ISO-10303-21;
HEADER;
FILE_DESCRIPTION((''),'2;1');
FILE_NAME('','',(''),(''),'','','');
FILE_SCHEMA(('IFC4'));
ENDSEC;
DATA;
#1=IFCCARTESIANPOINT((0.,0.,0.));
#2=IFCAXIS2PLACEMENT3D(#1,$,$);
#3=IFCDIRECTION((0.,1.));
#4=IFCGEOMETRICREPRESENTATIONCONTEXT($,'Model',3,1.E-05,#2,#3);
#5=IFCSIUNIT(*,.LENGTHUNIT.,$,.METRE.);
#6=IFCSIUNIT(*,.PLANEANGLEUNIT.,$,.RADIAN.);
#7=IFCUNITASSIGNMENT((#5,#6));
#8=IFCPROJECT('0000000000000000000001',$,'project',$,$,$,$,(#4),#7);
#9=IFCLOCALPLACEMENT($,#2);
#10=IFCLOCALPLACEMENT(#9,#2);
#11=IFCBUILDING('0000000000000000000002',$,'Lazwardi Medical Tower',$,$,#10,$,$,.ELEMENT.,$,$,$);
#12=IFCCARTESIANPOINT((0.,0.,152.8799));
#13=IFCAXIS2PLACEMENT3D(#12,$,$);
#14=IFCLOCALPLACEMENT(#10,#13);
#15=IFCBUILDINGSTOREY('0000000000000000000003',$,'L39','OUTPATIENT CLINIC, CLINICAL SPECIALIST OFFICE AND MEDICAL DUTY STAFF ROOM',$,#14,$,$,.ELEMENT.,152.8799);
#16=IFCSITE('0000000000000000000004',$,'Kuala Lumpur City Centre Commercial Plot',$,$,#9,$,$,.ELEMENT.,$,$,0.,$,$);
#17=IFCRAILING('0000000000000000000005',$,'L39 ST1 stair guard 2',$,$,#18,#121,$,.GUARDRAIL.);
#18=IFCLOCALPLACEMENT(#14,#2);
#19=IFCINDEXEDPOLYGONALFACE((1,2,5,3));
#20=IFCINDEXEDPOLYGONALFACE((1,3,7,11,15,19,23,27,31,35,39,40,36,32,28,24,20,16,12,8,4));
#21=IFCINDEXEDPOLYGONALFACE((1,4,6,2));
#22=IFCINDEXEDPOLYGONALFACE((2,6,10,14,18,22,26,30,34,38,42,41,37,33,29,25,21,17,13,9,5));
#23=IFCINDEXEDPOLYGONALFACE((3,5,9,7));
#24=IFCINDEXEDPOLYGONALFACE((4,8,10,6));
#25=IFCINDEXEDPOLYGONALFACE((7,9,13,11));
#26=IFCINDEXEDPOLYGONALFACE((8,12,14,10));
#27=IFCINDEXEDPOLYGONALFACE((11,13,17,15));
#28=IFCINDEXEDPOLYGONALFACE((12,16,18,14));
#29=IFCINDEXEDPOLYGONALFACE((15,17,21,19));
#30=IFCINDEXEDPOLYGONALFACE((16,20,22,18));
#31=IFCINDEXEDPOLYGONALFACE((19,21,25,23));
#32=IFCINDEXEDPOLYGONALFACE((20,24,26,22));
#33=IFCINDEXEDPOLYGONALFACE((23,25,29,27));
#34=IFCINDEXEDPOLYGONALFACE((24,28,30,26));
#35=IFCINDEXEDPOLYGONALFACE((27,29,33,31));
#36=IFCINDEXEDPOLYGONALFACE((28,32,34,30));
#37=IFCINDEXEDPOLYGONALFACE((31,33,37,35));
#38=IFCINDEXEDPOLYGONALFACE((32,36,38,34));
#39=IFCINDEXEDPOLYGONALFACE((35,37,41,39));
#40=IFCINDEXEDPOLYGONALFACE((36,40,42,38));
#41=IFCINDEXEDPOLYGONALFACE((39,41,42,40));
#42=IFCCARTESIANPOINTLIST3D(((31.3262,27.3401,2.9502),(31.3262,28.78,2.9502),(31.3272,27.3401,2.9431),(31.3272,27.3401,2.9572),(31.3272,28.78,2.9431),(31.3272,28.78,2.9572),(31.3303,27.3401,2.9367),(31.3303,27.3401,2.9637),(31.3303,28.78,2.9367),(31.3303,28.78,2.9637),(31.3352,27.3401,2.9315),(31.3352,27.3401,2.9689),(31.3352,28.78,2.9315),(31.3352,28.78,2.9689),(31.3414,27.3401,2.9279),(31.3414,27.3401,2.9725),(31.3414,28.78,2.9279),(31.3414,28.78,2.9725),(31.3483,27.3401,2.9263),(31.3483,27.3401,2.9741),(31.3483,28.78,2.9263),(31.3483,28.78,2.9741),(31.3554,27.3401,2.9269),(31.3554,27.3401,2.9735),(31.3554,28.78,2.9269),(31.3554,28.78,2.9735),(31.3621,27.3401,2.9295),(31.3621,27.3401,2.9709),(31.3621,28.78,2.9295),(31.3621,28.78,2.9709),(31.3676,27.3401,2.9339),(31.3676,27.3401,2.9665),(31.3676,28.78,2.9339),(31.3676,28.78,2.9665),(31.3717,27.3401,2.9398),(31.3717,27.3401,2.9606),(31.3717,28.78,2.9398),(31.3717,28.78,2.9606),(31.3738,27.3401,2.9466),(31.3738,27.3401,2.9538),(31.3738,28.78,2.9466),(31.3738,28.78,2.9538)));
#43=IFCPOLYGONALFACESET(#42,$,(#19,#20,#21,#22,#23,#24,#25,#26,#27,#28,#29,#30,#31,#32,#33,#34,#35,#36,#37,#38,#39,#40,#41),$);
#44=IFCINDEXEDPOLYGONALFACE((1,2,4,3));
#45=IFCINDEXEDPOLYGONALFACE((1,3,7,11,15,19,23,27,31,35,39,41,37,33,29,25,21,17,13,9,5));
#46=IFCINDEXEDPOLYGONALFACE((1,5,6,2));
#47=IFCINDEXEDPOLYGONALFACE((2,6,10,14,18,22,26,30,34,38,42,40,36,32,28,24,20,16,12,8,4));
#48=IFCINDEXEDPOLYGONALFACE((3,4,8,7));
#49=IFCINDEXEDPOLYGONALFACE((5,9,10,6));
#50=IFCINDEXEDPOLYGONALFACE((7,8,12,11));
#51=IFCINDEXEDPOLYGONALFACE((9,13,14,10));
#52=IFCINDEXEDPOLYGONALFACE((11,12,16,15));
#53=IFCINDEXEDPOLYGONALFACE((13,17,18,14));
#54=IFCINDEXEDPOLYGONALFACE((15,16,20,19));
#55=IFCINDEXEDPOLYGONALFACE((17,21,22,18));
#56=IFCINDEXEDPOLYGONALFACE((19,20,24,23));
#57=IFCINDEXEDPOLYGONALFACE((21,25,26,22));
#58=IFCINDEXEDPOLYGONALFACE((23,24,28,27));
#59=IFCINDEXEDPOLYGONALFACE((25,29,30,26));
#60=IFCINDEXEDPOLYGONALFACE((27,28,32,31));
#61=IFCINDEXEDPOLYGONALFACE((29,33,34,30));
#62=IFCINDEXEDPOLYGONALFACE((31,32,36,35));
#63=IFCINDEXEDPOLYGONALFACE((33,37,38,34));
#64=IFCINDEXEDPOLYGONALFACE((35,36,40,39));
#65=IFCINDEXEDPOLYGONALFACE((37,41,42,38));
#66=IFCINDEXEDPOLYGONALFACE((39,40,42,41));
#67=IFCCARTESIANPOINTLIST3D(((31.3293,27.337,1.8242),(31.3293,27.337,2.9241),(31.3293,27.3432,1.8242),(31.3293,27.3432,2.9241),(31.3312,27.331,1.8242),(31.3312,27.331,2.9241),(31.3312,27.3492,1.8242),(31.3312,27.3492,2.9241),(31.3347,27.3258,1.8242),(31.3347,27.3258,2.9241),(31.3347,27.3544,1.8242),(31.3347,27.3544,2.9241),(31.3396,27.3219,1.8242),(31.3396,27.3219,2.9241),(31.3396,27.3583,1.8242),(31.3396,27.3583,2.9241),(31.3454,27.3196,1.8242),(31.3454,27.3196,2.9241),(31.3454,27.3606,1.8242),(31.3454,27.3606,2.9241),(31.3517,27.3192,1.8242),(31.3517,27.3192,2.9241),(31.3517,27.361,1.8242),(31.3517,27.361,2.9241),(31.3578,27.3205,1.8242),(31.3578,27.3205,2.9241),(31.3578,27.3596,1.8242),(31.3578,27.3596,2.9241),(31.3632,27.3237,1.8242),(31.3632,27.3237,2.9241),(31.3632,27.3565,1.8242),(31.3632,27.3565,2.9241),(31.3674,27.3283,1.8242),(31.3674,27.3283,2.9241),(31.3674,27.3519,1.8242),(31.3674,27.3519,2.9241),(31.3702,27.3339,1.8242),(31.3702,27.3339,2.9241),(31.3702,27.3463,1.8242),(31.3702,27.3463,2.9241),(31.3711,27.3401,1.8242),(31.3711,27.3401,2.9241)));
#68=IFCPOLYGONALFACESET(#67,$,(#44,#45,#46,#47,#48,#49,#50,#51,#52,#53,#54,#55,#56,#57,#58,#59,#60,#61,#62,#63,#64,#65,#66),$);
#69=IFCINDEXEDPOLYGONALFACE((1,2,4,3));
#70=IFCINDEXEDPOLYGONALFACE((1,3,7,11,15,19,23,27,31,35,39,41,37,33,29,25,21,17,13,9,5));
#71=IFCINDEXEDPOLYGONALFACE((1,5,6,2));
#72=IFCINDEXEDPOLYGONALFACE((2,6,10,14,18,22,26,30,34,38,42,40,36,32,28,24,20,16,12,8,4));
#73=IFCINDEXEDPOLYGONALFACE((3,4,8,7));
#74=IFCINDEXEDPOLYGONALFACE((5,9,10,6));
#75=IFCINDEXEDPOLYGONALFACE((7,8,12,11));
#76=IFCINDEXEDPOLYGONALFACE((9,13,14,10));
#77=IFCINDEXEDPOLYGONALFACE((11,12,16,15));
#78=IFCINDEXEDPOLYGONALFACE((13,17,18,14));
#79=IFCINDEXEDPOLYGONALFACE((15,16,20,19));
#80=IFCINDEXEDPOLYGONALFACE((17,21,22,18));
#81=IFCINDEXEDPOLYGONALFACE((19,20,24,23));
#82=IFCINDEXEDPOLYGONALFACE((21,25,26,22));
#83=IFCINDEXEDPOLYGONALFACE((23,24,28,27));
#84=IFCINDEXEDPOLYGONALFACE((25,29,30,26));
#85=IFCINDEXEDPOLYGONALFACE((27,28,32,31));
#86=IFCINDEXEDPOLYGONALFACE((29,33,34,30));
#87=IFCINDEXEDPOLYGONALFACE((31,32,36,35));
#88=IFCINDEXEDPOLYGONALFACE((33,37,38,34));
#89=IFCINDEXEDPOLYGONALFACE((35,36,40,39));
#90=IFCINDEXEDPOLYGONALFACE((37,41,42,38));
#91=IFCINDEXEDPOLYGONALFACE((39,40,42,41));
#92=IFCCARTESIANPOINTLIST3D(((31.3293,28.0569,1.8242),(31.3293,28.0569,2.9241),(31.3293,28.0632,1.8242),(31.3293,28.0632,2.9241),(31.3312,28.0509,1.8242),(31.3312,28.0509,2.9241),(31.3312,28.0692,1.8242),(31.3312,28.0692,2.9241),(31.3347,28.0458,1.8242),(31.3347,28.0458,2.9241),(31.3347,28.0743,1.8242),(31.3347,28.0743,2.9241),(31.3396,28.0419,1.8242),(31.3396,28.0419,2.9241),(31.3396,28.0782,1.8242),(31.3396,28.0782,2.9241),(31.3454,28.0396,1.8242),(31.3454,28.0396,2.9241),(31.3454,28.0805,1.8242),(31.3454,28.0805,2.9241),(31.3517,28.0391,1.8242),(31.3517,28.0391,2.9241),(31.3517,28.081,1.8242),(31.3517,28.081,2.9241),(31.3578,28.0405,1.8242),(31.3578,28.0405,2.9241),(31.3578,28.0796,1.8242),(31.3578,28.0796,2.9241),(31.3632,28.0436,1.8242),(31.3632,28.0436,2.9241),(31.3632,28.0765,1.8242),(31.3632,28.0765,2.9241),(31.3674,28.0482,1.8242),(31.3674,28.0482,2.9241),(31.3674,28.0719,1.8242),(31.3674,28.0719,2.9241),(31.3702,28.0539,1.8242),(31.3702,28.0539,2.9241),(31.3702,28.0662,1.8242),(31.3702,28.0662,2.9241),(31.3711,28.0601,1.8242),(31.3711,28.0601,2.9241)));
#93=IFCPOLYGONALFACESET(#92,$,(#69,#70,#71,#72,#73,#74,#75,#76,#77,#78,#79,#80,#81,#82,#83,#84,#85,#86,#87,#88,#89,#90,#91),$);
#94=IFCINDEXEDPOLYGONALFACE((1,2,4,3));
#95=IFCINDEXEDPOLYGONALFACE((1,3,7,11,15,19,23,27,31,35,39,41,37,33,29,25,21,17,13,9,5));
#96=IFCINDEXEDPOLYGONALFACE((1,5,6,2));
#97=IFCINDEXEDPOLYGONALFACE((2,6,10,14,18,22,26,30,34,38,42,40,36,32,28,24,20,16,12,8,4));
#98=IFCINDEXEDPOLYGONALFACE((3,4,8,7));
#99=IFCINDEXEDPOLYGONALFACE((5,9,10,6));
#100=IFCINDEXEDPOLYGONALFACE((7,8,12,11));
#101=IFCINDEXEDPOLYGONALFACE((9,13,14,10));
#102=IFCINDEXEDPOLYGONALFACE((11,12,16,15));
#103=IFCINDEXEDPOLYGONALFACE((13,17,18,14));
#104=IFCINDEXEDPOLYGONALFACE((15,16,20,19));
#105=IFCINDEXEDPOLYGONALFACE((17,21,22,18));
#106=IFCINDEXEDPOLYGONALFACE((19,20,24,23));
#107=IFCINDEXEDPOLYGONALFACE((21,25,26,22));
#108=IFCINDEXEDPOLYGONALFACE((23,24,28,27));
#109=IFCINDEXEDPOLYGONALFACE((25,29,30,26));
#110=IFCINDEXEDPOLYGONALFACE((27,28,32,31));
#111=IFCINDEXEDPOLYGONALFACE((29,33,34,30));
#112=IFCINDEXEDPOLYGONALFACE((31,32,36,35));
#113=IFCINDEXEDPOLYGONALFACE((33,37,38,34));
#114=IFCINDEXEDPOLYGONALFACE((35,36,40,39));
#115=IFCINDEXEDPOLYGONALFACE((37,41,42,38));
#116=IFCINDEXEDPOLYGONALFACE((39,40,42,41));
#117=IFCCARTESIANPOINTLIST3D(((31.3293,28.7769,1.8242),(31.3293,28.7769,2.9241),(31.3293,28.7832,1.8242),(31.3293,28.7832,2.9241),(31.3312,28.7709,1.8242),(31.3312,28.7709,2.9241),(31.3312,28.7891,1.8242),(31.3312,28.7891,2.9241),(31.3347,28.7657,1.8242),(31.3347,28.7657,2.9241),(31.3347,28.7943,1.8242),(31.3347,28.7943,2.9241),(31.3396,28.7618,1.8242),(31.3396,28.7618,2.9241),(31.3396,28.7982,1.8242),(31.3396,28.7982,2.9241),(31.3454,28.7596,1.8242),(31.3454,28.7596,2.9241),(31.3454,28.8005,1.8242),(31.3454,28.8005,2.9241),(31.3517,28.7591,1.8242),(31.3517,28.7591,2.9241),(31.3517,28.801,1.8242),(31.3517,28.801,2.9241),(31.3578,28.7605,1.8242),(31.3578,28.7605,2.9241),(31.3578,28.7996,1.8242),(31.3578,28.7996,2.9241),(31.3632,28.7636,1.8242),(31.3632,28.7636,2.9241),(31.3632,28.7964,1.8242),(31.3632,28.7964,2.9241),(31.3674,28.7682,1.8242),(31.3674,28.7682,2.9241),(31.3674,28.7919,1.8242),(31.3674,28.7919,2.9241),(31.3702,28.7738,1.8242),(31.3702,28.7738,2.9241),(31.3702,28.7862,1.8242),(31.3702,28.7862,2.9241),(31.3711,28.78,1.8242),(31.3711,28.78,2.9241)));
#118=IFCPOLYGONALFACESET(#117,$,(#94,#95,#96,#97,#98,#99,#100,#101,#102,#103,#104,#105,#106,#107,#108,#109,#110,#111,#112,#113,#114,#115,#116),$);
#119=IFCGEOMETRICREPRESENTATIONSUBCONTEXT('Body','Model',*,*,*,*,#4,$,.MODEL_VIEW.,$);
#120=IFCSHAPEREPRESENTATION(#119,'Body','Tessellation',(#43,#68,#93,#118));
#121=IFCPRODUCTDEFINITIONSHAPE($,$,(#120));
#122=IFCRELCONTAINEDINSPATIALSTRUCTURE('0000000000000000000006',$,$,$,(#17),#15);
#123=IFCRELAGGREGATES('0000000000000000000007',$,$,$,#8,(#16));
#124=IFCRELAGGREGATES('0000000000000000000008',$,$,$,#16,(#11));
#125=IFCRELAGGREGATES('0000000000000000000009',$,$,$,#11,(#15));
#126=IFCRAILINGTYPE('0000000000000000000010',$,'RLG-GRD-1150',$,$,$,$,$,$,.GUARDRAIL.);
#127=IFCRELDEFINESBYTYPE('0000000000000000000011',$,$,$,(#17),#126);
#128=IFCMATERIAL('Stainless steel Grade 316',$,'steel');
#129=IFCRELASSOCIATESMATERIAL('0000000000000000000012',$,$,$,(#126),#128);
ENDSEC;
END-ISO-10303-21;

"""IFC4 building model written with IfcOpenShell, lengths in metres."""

from ifc_helpers import new_model, si_unit, direction, frame, origin, origin_2d, place, context, subcontext, project, spatial, circle, extrude, material, type_object, element, save


model = new_model("IFC4")

# Units and contexts
model_context = context("Model", 3, precision=1e-05, world=origin(), true_north=direction((0.0, 1.0)))
body_context = subcontext(model_context, "Body", "Model", "MODEL_VIEW")
ifc_project = project(units=[si_unit("LENGTHUNIT", "METRE"), si_unit("PLANEANGLEUNIT", "RADIAN")], contexts=[model_context])

# Site, building, storey
site_placement = place(None, origin())
site = spatial("IfcSite", under=ifc_project, at=site_placement, Name="Kuala Lumpur City Centre Commercial Plot", CompositionType="ELEMENT", RefElevation=0.0)
building_placement = place(site_placement, origin())
building = spatial("IfcBuilding", under=site, at=building_placement, Name="Lazwardi Medical Tower", CompositionType="ELEMENT")
storey_placement = place(building_placement, frame((0.0, 0.0, 152.8799)))
storey = spatial("IfcBuildingStorey", under=building, at=storey_placement, Name="L39", Description="OUTPATIENT CLINIC, CLINICAL SPECIALIST OFFICE AND MEDICAL DUTY STAFF ROOM", CompositionType="ELEMENT", Elevation=152.8799)

# Railing
ifc_material_1 = material(Name="Stainless steel Grade 316", Category="steel")
railing_type_1 = type_object("IfcRailingType", Name="RLG-GRD-1150", PredefinedType="GUARDRAIL", material=ifc_material_1)
railing_1_placement = place(storey_placement, frame((31.3501, 27.3401, 1.8242)))
element("IfcRailing", 1, at=railing_1_placement, inside=storey, type_object=railing_type_1, Name="L39 ST1 stair guard 2", PredefinedType="GUARDRAIL", context=body_context, shape_type="SweptSolid", body=[
    extrude(circle(Radius=0.0239, at=origin_2d()), frame((0.0, 0.0, 1.126), z_axis=(0.0, 1.0, 0.0), x_axis=(-1.0, 0.0, 0.0)), (0.0, 0.0, 1.0), 1.4399),
    extrude(circle(Radius=0.021, at=origin_2d()), origin(), (0.0, 0.0, 1.0), 1.0999),
    extrude(circle(Radius=0.021, at=origin_2d()), frame((0.0, 0.72, 0.0)), (0.0, 0.0, 1.0), 1.0999),
    extrude(circle(Radius=0.021, at=origin_2d()), frame((0.0, 1.4399, 0.0)), (0.0, 0.0, 1.0), 1.0999),
])

save(model, "model.ifc")
